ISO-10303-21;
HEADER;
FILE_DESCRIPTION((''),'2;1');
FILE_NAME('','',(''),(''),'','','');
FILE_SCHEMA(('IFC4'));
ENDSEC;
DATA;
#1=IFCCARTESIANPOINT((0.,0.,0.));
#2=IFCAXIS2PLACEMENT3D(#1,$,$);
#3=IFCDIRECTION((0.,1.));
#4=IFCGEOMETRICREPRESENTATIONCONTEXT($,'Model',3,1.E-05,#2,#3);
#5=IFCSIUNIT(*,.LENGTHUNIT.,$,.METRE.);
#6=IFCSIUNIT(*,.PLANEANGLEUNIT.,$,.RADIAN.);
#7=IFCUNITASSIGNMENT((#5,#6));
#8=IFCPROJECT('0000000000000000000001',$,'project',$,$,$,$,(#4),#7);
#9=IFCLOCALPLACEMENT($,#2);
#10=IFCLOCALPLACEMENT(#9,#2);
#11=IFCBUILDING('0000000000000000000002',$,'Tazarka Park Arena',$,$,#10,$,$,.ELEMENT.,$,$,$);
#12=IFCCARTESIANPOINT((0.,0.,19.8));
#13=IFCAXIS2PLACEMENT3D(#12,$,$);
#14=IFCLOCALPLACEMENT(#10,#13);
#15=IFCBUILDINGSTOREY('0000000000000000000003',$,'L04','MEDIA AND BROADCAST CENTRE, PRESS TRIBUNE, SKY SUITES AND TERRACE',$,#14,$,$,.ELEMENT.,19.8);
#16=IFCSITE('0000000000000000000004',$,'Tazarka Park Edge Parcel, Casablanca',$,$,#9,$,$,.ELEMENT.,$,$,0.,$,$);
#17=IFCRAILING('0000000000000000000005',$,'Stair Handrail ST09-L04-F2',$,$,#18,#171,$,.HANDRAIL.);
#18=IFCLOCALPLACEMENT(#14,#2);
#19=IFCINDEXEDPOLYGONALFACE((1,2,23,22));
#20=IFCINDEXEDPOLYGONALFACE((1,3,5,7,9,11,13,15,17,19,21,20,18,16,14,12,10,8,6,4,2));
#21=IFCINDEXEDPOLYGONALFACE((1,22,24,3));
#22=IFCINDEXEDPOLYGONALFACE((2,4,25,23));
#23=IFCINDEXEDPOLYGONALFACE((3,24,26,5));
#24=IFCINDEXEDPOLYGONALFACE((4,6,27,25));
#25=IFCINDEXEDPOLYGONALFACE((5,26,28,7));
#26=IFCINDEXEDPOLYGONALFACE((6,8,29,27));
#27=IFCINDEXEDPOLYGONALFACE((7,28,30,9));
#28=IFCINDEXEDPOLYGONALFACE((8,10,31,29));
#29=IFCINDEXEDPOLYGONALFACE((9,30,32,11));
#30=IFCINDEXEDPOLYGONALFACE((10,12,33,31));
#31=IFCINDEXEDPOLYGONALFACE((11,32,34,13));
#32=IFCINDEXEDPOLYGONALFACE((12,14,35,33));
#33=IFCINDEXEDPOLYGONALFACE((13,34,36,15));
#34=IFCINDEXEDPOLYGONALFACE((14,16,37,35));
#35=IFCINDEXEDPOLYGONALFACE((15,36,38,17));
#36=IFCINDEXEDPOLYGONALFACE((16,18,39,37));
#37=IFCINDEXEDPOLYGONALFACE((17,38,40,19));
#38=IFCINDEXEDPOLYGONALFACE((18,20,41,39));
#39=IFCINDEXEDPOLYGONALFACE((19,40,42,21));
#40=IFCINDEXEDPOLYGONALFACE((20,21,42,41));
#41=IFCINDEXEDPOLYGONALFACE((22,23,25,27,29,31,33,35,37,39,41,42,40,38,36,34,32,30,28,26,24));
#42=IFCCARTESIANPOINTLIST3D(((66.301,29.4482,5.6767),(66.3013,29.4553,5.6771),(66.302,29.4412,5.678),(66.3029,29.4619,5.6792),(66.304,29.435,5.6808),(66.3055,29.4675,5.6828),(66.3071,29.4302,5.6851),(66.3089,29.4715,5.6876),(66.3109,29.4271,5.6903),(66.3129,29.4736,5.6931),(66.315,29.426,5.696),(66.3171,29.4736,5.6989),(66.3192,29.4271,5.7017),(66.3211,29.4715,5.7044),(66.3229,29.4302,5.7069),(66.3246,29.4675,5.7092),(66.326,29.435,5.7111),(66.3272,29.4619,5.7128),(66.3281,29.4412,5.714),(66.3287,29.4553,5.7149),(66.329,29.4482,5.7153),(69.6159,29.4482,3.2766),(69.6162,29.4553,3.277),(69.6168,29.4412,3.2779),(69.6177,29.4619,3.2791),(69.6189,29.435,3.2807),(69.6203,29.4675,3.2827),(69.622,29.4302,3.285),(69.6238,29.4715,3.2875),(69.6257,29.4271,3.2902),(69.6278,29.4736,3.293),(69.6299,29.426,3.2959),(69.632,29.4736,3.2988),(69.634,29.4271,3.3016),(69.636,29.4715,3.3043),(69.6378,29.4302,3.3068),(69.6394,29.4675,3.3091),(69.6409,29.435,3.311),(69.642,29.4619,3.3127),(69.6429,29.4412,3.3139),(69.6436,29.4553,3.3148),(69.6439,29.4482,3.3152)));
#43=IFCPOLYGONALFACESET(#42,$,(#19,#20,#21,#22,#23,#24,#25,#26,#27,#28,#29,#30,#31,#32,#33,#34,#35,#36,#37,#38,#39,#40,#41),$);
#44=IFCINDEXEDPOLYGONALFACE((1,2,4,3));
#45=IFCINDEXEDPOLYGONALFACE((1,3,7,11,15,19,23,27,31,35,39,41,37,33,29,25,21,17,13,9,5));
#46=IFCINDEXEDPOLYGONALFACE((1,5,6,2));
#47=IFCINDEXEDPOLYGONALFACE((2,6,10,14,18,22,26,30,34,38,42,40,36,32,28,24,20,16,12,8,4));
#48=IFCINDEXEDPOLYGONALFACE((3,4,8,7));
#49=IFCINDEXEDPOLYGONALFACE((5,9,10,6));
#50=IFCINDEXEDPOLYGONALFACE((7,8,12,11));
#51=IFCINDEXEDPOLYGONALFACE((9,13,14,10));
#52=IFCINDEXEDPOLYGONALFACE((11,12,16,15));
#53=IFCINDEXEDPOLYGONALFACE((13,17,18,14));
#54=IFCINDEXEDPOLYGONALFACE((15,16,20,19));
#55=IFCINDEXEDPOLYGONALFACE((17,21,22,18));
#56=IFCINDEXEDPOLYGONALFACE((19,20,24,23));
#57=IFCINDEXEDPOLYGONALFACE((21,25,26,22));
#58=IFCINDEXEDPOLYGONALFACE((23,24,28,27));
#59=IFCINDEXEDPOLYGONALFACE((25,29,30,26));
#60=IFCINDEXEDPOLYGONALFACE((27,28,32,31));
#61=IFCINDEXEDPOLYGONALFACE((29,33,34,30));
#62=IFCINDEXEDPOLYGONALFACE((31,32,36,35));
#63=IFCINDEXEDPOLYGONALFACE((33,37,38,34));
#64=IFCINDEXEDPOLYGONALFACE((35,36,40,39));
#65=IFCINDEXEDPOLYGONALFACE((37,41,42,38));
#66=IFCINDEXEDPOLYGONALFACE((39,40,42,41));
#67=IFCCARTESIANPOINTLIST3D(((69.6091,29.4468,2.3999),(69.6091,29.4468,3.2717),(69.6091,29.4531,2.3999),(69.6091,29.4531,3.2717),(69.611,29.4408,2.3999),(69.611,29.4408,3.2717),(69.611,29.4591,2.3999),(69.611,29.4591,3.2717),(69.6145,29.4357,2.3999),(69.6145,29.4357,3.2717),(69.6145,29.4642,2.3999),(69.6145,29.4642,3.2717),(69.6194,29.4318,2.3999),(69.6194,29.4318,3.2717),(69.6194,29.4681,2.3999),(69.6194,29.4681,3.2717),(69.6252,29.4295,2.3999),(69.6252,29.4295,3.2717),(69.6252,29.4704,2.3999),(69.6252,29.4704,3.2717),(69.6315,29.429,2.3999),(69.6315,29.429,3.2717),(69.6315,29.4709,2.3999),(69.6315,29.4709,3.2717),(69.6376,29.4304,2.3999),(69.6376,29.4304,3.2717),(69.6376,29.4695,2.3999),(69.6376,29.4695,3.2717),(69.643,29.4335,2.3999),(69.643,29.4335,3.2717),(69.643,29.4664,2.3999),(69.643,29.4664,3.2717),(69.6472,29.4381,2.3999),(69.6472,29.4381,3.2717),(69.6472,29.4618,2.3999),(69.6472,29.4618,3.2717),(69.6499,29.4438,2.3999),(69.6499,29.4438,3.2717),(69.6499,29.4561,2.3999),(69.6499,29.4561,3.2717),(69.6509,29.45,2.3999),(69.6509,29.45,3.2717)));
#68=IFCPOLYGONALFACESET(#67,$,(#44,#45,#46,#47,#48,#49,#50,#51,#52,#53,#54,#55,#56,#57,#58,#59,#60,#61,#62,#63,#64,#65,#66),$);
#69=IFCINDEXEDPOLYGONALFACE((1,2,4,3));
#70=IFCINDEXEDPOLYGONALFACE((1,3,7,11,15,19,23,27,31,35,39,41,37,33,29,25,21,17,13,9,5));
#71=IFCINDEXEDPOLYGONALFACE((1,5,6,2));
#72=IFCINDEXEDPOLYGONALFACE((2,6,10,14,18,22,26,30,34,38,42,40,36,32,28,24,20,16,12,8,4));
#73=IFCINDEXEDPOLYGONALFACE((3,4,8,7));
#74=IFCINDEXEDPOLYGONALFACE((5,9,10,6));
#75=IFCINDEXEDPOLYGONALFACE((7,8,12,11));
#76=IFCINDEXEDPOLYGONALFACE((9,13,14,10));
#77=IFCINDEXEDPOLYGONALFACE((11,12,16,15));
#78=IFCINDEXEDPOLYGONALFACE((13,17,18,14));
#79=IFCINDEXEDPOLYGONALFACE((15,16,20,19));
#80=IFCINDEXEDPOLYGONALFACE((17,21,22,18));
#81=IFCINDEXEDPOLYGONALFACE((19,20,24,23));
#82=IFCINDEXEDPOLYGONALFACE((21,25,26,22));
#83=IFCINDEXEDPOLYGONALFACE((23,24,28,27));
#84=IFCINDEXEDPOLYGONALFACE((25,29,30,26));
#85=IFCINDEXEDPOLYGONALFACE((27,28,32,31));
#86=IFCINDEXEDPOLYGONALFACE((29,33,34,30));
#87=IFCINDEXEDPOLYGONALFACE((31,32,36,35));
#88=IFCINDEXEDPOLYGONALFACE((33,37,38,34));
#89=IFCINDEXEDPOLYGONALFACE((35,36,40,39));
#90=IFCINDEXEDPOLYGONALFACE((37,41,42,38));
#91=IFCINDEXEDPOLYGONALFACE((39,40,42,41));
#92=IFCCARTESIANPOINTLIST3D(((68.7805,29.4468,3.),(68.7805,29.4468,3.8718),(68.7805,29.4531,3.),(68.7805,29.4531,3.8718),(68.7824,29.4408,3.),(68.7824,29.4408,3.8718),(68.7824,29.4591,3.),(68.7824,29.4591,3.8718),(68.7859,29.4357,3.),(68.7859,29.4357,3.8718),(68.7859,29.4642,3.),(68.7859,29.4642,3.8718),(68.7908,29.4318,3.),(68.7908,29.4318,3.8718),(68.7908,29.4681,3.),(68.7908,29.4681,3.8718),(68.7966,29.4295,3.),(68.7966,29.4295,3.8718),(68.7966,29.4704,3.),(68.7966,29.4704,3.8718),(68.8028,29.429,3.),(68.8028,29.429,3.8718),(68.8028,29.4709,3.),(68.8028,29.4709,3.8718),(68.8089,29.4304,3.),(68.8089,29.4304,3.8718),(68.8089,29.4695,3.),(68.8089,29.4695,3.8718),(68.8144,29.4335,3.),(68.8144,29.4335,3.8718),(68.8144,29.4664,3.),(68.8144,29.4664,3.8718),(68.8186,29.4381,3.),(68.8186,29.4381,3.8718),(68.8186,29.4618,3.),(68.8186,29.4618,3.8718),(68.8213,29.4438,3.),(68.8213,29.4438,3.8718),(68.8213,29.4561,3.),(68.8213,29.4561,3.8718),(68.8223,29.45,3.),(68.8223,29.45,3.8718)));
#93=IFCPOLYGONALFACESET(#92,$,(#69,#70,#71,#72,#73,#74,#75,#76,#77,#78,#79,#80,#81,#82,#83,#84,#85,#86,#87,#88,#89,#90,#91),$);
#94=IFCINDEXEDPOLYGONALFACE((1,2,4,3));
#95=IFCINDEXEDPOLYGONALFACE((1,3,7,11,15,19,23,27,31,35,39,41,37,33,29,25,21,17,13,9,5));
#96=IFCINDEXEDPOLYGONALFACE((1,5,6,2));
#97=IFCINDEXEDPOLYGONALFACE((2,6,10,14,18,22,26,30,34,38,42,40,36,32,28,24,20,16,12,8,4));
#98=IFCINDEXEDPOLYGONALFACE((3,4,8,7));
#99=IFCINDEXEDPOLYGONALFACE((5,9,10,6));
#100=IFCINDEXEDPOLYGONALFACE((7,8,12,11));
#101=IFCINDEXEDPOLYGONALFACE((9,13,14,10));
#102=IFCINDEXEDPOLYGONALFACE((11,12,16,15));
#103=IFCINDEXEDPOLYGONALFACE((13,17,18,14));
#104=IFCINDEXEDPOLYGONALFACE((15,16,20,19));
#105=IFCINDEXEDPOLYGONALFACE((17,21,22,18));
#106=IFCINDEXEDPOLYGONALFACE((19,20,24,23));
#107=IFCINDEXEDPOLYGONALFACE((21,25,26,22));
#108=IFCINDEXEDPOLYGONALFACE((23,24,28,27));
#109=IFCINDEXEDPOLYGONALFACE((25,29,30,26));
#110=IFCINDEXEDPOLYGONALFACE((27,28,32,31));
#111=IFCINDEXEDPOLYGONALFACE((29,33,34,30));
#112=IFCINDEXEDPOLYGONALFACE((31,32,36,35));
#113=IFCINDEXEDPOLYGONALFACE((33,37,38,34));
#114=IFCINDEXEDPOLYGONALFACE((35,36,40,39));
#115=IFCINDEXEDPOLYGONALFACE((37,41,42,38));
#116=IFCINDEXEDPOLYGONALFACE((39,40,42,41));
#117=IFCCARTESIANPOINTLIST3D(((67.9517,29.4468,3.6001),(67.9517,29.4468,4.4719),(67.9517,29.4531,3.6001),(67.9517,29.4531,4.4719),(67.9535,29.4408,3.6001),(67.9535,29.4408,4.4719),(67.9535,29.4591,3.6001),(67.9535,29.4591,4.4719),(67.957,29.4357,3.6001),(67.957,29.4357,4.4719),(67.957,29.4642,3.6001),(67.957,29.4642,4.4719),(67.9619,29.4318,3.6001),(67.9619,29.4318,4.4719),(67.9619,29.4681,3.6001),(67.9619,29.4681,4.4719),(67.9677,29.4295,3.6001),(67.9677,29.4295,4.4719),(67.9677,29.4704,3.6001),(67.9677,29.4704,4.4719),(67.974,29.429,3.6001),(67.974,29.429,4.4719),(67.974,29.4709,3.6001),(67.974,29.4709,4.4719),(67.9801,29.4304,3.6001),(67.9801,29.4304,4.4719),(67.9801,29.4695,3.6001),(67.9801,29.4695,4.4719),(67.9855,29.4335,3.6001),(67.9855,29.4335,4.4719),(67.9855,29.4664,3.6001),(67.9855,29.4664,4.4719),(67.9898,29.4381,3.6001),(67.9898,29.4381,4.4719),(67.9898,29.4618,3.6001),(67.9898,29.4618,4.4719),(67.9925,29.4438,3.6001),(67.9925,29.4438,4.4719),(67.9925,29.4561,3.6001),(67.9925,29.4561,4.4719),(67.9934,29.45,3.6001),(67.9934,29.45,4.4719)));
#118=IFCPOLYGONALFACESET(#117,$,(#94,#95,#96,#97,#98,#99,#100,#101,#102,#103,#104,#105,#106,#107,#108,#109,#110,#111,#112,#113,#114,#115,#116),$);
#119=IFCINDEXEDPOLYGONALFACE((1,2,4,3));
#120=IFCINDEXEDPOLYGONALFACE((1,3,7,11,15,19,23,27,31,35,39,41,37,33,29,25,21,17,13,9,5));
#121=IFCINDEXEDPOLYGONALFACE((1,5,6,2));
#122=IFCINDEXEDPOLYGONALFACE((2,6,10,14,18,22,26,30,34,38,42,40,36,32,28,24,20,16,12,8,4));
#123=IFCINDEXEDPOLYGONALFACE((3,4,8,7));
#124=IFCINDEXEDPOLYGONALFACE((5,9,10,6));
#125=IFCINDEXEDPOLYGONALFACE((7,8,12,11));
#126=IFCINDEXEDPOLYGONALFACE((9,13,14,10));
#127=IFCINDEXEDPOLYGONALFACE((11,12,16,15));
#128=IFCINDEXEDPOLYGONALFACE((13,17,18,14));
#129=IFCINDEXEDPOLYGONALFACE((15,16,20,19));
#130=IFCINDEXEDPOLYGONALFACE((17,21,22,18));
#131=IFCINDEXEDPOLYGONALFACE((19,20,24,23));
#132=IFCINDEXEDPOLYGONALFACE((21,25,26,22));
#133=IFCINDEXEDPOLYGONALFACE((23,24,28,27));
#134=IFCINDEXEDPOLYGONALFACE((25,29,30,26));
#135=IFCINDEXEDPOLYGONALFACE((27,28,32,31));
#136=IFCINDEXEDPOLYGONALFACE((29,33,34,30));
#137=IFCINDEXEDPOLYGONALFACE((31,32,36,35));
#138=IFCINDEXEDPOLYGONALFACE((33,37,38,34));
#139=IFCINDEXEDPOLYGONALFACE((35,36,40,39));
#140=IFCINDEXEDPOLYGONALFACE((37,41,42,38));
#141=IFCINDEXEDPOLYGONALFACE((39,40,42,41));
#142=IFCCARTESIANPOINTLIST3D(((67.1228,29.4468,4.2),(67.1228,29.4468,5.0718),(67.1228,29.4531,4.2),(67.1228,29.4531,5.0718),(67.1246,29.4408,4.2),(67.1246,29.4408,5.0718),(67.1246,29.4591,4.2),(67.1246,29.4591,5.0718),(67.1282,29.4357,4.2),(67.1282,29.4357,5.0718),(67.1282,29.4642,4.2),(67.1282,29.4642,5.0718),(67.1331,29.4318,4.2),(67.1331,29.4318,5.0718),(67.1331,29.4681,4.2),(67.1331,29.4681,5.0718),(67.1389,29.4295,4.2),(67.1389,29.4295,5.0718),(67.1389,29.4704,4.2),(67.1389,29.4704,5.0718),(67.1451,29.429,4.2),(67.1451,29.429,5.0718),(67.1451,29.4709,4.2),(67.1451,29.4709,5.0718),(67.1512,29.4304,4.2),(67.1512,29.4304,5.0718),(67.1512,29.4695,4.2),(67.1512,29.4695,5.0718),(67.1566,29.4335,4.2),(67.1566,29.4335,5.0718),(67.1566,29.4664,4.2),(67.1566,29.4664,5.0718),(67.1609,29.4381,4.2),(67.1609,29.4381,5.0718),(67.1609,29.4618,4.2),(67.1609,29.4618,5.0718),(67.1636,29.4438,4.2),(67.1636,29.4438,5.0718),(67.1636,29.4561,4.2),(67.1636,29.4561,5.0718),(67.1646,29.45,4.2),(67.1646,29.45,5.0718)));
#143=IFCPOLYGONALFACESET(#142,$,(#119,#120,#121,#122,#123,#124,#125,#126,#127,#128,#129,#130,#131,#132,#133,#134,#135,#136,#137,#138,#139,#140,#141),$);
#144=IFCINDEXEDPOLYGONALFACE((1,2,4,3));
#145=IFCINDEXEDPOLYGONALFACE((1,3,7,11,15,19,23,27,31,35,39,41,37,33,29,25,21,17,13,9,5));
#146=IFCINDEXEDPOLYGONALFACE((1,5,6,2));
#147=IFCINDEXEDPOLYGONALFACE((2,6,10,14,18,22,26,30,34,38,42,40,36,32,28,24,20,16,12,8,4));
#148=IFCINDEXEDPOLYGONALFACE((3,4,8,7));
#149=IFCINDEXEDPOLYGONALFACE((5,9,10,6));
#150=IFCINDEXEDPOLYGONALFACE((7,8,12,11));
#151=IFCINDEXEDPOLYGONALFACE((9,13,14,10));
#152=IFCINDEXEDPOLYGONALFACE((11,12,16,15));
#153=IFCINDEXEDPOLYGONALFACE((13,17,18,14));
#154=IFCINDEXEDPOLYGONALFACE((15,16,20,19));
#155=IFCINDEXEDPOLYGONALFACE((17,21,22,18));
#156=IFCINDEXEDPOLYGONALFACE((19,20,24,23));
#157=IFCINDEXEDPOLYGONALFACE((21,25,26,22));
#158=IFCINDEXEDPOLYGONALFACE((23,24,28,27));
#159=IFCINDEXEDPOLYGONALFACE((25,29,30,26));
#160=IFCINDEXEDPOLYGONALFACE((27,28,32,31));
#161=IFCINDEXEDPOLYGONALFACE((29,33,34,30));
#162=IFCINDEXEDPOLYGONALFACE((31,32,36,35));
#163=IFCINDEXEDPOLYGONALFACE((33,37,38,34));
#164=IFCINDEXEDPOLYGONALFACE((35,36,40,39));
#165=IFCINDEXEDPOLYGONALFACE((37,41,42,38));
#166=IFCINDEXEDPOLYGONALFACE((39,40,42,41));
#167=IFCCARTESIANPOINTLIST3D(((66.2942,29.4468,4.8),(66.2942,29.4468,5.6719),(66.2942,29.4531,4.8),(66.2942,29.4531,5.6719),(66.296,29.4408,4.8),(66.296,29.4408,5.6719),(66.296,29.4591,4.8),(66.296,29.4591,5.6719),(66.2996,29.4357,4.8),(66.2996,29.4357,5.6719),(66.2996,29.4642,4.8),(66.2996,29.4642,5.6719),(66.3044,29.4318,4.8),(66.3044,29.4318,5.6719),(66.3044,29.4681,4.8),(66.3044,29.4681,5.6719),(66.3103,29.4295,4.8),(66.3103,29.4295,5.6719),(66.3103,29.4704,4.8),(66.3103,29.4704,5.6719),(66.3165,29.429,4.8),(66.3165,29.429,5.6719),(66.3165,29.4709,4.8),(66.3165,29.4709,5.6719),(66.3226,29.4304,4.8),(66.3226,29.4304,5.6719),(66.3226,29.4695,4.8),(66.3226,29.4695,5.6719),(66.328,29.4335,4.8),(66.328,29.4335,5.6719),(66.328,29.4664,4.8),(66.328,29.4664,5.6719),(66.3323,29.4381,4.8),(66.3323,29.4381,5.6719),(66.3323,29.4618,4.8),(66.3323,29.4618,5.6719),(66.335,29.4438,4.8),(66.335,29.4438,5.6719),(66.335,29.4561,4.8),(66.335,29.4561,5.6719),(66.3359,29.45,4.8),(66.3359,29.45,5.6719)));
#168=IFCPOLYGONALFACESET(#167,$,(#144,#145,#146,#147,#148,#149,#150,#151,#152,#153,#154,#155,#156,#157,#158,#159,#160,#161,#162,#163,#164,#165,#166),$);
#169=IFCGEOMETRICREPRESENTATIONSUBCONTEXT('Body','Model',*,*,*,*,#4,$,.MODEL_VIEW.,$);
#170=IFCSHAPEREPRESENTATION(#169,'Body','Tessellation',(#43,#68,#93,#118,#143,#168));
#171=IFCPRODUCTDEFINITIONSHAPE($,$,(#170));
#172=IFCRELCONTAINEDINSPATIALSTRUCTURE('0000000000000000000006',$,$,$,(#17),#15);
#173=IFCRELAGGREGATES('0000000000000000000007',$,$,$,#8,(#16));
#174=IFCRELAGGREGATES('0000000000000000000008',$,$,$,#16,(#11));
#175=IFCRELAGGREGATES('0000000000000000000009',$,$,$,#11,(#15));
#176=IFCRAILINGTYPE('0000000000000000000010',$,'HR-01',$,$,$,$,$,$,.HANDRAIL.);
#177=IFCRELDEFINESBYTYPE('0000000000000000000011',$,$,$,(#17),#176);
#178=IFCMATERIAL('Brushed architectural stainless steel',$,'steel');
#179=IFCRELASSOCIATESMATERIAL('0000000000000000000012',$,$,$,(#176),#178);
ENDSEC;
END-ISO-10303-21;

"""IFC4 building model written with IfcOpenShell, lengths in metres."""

from ifc_helpers import new_model, si_unit, direction, frame, origin, origin_2d, place, context, subcontext, project, spatial, circle, extrude, material, type_object, element, save


model = new_model("IFC4")

# Units and contexts
model_context = context("Model", 3, precision=1e-05, world=origin(), true_north=direction((0.0, 1.0)))
body_context = subcontext(model_context, "Body", "Model", "MODEL_VIEW")
ifc_project = project(units=[si_unit("LENGTHUNIT", "METRE"), si_unit("PLANEANGLEUNIT", "RADIAN")], contexts=[model_context])

# Site, building, storey
site_placement = place(None, origin())
site = spatial("IfcSite", under=ifc_project, at=site_placement, Name="Tazarka Park Edge Parcel, Casablanca", CompositionType="ELEMENT", RefElevation=0.0)
building_placement = place(site_placement, origin())
building = spatial("IfcBuilding", under=site, at=building_placement, Name="Tazarka Park Arena", CompositionType="ELEMENT")
storey_placement = place(building_placement, frame((0.0, 0.0, 19.8)))
storey = spatial("IfcBuildingStorey", under=building, at=storey_placement, Name="L04", Description="MEDIA AND BROADCAST CENTRE, PRESS TRIBUNE, SKY SUITES AND TERRACE", CompositionType="ELEMENT", Elevation=19.8)

# Railing
ifc_material_1 = material(Name="Brushed architectural stainless steel", Category="steel")
railing_type_1 = type_object("IfcRailingType", Name="HR-01", PredefinedType="HANDRAIL", material=ifc_material_1)
railing_1_placement = place(storey_placement, frame((69.6299, 29.45, 2.3999)))
element("IfcRailing", 1, at=railing_1_placement, inside=storey, type_object=railing_type_1, Name="Stair Handrail ST09-L04-F2", PredefinedType="HANDRAIL", context=body_context, shape_type="SweptSolid", body=[
    extrude(circle(Radius=0.0239, at=origin_2d()), frame((0.0, 0.0, 0.896), z_axis=(-0.80998, 0.0, 0.586457), x_axis=(0.0, -1.0, 0.0)), (0.0, 0.0, 1.0), 4.0925),
    extrude(circle(Radius=0.021, at=origin_2d()), origin(), (0.0, 0.0, 1.0), 0.8718),
    extrude(circle(Radius=0.021, at=origin_2d()), frame((-0.8286, 0.0, 0.6001)), (0.0, 0.0, 1.0), 0.8718),
    extrude(circle(Radius=0.021, at=origin_2d()), frame((-1.6575, 0.0, 1.2002)), (0.0, 0.0, 1.0), 0.8718),
    extrude(circle(Radius=0.021, at=origin_2d()), frame((-2.4863, 0.0, 1.8)), (0.0, 0.0, 1.0), 0.8718),
    extrude(circle(Radius=0.021, at=origin_2d()), frame((-3.3149, 0.0, 2.4001)), (0.0, 0.0, 1.0), 0.8718),
])

save(model, "model.ifc")
